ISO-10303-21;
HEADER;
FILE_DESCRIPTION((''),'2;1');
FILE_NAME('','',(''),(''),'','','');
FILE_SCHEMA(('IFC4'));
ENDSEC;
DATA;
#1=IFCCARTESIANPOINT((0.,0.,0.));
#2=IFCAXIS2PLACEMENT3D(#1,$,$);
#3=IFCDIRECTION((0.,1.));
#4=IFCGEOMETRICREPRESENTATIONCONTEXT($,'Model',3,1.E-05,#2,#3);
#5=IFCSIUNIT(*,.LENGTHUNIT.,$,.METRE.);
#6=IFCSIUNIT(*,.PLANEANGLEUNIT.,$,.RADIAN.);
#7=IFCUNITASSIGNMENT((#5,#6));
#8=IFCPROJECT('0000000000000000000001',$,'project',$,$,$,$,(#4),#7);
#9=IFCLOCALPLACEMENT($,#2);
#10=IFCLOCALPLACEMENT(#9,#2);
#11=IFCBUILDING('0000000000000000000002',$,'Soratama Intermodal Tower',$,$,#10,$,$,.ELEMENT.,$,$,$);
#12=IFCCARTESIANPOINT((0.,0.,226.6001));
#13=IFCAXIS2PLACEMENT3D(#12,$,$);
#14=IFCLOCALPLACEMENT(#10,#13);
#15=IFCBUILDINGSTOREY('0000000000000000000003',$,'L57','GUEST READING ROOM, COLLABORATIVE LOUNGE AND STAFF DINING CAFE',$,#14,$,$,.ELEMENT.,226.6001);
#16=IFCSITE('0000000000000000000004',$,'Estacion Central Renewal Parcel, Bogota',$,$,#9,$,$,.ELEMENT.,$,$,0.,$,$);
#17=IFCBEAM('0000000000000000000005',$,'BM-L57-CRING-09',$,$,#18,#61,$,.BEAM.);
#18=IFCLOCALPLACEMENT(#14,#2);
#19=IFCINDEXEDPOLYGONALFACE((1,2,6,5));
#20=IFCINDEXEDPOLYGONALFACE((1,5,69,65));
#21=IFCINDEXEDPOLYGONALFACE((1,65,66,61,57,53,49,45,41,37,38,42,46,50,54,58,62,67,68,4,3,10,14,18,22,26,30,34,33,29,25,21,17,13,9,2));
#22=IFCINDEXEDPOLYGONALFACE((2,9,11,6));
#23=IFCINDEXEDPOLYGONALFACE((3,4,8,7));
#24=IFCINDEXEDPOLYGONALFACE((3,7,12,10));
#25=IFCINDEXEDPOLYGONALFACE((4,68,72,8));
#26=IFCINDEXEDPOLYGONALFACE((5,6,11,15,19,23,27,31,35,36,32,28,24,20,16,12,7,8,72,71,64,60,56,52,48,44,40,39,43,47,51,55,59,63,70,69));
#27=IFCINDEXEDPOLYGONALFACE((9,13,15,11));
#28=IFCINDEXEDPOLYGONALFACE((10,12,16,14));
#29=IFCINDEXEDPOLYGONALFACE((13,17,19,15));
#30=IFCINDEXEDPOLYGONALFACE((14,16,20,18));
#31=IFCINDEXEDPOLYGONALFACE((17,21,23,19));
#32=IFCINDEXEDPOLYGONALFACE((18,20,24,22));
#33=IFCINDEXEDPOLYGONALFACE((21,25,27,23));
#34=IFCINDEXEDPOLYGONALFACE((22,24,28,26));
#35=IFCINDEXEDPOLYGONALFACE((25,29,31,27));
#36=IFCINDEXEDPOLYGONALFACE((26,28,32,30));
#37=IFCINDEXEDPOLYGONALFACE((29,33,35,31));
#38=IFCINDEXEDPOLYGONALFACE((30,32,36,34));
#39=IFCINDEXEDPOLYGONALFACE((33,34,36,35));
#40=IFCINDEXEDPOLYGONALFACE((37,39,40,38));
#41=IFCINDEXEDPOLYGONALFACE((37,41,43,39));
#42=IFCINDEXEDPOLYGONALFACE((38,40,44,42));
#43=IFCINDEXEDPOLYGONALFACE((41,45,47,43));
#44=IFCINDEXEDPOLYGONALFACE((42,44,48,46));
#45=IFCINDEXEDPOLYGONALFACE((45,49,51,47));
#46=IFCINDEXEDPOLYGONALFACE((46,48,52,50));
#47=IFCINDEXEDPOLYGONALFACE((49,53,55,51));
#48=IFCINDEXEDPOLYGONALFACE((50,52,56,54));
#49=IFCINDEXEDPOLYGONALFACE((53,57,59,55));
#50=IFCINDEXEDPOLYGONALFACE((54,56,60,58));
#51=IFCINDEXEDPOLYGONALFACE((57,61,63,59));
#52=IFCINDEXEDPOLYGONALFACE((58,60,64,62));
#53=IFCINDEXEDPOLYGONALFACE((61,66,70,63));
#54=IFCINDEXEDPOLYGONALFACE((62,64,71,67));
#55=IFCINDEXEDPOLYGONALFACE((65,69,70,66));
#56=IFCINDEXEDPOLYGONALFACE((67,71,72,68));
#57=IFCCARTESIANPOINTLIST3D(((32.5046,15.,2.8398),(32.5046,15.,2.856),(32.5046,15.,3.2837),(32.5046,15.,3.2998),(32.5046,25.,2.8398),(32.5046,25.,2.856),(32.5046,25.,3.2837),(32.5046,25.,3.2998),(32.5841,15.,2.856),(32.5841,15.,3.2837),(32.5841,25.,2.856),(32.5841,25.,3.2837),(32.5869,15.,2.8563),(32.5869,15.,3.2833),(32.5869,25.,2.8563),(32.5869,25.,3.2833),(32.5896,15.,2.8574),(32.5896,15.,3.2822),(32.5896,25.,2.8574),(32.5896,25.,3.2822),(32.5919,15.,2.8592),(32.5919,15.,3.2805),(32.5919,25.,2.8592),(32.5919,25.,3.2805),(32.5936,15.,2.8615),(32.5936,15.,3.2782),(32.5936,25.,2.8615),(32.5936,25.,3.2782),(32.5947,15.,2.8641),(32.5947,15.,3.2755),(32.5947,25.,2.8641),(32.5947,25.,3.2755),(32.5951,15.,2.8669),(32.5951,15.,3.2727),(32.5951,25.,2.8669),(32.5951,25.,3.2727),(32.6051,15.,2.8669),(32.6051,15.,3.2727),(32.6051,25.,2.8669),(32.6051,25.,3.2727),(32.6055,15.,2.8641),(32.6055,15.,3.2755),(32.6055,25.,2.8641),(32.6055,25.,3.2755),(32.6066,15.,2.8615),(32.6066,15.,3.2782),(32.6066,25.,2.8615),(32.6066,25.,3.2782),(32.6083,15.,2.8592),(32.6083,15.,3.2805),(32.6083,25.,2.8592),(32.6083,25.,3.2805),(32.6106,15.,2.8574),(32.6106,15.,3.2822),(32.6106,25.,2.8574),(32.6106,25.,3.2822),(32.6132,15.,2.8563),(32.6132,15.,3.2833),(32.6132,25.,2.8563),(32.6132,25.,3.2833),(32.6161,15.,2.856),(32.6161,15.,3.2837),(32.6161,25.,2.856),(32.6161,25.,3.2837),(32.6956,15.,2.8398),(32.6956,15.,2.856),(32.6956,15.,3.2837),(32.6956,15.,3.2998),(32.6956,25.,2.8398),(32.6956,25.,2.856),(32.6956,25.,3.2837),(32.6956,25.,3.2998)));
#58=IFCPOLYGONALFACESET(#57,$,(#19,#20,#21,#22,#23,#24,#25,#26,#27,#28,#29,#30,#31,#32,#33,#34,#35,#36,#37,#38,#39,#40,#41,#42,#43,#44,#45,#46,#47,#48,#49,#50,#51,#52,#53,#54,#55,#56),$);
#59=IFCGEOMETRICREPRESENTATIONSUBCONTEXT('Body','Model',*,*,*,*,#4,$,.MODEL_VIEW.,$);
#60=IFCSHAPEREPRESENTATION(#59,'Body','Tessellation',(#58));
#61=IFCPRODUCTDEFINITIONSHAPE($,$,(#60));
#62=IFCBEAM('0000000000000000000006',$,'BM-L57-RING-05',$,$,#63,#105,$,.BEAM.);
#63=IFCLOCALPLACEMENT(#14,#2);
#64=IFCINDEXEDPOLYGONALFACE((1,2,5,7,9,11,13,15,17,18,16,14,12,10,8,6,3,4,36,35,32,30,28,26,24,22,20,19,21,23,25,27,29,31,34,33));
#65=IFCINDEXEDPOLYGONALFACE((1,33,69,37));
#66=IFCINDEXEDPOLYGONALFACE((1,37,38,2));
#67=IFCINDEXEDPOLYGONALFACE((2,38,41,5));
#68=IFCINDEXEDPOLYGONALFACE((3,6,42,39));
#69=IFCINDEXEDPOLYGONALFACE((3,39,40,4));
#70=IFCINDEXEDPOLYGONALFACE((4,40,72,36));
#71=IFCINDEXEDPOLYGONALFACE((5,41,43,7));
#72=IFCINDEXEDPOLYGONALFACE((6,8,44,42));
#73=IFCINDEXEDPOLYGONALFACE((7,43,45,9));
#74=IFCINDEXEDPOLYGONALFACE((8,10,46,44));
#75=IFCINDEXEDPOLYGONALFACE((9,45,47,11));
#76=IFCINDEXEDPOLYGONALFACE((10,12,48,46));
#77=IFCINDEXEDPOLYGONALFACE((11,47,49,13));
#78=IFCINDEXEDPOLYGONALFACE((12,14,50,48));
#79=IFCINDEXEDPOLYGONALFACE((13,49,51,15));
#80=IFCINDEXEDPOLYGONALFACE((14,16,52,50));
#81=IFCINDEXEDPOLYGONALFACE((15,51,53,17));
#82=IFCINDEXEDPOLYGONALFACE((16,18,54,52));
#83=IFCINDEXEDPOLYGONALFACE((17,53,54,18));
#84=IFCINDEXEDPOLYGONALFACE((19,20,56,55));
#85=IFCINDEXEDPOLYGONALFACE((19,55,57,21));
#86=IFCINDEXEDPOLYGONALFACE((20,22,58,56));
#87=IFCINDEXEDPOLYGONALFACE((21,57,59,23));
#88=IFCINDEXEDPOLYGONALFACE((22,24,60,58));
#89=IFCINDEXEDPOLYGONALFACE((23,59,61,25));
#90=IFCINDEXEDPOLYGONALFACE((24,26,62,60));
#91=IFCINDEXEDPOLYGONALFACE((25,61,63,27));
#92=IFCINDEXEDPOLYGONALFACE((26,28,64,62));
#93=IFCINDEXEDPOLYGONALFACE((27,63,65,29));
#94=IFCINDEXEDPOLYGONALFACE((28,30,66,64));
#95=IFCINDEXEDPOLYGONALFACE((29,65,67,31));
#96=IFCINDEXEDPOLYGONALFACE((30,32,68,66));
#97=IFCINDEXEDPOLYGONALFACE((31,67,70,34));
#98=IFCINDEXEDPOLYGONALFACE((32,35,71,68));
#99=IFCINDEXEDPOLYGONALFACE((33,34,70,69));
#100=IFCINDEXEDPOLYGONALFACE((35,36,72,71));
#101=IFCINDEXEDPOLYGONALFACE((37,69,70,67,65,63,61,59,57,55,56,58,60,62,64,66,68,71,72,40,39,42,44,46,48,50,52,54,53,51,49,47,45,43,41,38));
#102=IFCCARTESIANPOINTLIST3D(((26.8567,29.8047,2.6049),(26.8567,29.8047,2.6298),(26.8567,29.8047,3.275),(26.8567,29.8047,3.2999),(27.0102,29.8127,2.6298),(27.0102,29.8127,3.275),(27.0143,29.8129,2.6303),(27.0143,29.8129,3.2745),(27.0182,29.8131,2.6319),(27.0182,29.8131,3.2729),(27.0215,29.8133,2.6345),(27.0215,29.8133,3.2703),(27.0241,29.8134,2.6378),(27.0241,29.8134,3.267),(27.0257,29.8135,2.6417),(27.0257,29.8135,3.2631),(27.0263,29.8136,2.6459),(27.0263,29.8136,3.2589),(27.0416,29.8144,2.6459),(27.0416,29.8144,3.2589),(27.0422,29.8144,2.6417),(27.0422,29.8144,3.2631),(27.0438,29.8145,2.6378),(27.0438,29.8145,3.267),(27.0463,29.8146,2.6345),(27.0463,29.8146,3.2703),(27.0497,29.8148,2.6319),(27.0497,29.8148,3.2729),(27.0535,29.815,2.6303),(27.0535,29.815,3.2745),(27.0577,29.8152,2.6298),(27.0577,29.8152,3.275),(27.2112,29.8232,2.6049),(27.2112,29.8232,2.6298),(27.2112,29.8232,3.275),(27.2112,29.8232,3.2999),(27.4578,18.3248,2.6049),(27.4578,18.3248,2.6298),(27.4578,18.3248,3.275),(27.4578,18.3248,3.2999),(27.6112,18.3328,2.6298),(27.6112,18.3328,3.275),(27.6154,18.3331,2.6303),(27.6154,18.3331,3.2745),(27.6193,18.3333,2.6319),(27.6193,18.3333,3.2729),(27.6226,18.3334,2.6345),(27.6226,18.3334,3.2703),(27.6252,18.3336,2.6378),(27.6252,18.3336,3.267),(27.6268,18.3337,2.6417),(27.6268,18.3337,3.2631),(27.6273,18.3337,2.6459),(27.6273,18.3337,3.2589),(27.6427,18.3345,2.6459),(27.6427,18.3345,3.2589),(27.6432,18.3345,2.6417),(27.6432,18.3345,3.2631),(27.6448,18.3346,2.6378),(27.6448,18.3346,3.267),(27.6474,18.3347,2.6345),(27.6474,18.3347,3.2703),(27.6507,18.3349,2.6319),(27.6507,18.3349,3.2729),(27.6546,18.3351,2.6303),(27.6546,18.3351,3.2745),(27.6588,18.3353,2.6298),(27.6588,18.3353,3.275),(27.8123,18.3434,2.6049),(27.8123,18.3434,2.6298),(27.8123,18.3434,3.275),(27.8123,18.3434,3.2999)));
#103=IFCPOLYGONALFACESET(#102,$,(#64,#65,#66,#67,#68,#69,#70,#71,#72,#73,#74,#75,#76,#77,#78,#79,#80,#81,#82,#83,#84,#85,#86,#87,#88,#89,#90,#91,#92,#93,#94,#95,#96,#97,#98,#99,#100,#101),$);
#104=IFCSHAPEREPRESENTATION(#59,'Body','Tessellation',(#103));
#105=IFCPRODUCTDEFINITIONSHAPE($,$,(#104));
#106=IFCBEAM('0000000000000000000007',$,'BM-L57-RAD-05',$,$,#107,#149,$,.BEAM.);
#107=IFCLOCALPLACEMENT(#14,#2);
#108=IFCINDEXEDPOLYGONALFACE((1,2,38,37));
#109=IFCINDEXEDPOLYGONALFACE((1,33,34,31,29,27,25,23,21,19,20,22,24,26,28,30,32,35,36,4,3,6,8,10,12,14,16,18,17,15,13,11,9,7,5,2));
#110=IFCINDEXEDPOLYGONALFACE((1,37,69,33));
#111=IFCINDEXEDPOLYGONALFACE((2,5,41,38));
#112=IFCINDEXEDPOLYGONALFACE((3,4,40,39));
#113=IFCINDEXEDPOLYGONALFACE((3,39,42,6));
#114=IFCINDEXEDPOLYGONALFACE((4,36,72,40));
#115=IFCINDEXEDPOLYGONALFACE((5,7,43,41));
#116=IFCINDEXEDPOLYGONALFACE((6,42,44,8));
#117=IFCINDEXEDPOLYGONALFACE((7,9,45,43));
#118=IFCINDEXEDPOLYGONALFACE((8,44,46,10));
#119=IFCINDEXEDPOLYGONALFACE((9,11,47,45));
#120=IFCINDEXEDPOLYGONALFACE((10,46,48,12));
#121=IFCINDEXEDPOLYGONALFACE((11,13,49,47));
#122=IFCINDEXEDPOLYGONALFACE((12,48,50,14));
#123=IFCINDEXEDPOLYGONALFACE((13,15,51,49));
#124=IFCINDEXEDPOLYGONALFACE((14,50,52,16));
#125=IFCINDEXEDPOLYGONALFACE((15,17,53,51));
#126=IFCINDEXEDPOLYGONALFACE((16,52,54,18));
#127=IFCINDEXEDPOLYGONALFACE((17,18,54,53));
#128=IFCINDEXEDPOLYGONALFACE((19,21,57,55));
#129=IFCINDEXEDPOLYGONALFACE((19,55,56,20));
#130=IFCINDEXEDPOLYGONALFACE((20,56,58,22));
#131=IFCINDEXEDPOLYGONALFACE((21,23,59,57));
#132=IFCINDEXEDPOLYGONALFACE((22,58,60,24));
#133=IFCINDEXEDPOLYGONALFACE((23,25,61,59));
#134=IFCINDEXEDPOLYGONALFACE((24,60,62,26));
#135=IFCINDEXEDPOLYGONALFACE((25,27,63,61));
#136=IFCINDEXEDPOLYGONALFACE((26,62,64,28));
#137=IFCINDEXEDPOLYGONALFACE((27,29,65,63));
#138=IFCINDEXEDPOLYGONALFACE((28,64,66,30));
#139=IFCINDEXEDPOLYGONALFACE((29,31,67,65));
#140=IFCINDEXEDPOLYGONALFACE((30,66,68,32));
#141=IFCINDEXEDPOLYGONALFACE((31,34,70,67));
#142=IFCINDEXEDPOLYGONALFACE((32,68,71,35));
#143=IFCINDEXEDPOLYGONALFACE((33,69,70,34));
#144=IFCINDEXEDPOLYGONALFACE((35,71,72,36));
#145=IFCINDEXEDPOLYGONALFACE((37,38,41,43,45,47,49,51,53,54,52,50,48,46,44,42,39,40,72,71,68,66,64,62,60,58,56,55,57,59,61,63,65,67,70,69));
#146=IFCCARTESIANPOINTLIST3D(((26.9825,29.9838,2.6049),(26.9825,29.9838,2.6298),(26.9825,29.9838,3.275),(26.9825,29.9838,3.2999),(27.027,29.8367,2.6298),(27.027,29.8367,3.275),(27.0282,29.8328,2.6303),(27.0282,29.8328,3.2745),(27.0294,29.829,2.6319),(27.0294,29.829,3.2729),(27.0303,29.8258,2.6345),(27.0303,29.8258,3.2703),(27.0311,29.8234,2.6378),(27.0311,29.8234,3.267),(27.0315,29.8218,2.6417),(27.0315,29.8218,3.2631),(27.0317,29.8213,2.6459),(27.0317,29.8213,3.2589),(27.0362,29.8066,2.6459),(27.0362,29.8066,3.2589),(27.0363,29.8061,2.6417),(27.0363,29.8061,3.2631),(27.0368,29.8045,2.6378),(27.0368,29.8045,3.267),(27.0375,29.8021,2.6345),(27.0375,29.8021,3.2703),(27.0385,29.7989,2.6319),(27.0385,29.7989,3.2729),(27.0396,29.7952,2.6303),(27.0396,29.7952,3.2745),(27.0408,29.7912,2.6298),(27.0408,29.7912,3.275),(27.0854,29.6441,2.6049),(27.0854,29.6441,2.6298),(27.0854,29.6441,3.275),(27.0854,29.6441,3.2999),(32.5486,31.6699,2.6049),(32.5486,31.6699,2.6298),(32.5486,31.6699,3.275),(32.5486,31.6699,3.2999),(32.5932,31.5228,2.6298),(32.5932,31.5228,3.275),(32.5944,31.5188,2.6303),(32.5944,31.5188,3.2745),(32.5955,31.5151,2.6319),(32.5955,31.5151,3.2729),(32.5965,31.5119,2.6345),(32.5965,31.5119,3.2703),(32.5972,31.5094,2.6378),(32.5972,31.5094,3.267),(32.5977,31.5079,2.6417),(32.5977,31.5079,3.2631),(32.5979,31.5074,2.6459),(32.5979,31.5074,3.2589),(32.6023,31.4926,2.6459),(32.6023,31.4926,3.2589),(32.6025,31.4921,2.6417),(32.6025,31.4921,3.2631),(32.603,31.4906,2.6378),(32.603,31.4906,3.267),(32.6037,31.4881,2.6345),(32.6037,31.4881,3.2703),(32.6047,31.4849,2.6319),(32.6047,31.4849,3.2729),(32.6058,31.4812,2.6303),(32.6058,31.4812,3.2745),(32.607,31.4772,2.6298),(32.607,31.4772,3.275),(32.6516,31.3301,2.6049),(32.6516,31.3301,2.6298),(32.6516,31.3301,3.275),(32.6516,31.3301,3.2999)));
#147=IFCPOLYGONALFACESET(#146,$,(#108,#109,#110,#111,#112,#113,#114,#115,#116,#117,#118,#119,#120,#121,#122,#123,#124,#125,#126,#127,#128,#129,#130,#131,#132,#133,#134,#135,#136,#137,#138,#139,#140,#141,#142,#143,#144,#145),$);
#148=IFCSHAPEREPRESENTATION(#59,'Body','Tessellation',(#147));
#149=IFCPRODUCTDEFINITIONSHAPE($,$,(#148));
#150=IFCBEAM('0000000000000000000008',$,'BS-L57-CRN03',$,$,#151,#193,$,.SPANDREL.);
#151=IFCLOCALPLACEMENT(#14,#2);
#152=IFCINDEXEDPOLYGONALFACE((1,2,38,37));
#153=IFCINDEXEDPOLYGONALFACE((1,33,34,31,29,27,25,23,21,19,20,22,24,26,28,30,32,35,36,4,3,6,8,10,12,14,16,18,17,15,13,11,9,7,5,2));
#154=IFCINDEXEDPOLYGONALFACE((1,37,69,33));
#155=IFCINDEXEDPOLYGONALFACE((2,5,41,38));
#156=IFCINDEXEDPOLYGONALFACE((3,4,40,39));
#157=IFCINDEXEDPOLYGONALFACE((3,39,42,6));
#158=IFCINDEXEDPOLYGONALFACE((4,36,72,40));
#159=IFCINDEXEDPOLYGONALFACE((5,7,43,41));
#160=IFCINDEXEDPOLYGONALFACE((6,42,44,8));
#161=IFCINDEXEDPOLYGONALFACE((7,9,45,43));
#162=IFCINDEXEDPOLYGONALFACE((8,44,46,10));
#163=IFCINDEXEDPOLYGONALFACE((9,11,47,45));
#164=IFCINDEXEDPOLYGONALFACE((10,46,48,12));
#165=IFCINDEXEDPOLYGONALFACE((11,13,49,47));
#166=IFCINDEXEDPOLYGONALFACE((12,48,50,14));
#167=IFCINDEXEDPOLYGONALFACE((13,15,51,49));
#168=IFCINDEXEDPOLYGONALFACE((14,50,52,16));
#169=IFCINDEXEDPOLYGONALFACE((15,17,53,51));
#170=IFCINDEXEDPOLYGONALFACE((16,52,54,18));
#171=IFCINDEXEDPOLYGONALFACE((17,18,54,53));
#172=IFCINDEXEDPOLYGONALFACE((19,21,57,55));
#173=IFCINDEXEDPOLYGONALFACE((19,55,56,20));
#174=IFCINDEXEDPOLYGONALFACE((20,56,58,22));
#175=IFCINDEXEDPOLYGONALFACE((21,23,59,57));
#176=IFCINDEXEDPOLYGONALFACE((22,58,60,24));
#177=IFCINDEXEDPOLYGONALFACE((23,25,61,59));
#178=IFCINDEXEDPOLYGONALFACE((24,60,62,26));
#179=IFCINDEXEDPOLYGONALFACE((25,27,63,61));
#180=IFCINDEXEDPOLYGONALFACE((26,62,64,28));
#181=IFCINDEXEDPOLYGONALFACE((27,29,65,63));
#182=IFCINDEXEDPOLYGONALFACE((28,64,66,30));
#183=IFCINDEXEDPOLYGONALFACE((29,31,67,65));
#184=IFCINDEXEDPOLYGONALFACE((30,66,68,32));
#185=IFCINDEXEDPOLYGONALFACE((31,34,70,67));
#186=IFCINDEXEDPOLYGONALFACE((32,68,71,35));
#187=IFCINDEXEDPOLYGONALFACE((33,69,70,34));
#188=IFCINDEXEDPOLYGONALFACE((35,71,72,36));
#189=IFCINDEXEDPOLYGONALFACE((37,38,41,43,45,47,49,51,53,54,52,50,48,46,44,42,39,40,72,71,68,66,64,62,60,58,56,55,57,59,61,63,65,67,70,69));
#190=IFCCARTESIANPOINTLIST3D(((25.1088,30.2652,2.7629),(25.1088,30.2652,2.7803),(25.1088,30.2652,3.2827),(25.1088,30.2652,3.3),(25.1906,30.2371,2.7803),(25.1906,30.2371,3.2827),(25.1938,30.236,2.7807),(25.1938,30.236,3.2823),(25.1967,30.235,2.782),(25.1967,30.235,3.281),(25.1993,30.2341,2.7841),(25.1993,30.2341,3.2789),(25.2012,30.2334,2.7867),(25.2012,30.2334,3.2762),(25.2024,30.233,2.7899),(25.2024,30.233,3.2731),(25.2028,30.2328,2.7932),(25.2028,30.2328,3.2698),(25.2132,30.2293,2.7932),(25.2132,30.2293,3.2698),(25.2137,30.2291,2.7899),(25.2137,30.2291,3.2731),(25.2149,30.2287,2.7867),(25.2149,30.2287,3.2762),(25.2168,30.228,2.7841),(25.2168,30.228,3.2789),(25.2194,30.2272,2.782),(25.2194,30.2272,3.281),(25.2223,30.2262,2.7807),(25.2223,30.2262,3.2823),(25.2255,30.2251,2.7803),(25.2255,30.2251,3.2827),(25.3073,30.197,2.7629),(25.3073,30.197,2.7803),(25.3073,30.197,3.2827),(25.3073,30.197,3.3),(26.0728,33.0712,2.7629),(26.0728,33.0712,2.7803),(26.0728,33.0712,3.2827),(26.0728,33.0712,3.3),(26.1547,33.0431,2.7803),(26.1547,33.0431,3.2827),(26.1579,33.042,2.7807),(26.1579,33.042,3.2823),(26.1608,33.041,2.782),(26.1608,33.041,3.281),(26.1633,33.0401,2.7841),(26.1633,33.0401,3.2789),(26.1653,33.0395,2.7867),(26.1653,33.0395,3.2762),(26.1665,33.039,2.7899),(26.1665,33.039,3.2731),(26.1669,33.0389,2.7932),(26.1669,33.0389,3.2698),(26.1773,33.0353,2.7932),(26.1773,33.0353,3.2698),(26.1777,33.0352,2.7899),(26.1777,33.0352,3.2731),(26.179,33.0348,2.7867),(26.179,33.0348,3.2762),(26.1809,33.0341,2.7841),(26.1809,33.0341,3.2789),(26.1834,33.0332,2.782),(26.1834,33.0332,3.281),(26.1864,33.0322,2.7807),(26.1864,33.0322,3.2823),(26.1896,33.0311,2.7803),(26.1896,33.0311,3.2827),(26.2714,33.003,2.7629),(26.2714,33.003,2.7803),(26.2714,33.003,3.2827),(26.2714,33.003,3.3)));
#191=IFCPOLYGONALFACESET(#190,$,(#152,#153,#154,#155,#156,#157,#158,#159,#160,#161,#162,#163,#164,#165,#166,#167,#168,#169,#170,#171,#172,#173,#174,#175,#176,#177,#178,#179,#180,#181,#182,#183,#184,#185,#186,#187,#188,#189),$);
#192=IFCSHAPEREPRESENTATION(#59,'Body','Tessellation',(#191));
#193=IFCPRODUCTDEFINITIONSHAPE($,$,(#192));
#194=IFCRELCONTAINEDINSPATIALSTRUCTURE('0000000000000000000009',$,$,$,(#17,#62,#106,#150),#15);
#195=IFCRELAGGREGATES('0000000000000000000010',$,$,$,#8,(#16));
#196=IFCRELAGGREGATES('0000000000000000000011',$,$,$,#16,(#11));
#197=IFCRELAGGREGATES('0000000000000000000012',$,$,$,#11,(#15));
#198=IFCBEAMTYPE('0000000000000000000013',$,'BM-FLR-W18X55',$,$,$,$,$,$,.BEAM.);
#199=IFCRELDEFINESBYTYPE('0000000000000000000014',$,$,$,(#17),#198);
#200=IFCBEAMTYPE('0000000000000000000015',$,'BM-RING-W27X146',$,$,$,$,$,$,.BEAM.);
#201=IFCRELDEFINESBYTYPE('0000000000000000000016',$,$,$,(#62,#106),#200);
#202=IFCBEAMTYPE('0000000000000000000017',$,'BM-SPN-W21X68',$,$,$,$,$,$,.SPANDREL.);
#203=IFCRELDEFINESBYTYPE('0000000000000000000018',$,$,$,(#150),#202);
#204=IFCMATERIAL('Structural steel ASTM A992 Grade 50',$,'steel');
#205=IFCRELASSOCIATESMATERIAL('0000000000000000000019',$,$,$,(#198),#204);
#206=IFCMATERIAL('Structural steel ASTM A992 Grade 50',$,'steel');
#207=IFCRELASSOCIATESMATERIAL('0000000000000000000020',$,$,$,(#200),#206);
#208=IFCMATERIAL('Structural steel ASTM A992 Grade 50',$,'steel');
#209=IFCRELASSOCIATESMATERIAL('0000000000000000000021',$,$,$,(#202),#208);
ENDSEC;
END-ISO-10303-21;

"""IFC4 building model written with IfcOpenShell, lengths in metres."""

from ifc_helpers import new_model, si_unit, direction, frame, origin, origin_2d, place, context, subcontext, project, spatial, i_section, extrude, material, material_profile, profile_set, type_object, element, save


model = new_model("IFC4")

# Units and contexts
model_context = context("Model", 3, precision=1e-05, world=origin(), true_north=direction((0.0, 1.0)))
body_context = subcontext(model_context, "Body", "Model", "MODEL_VIEW")
ifc_project = project(units=[si_unit("LENGTHUNIT", "METRE"), si_unit("PLANEANGLEUNIT", "RADIAN")], contexts=[model_context])

# Site, building, storey
site_placement = place(None, origin())
site = spatial("IfcSite", under=ifc_project, at=site_placement, Name="Estacion Central Renewal Parcel, Bogota", CompositionType="ELEMENT", RefElevation=0.0)
building_placement = place(site_placement, origin())
building = spatial("IfcBuilding", under=site, at=building_placement, Name="Soratama Intermodal Tower", CompositionType="ELEMENT")
storey_placement = place(building_placement, frame((0.0, 0.0, 226.6001)))
storey = spatial("IfcBuildingStorey", under=building, at=storey_placement, Name="L57", Description="GUEST READING ROOM, COLLABORATIVE LOUNGE AND STAFF DINING CAFE", CompositionType="ELEMENT", Elevation=226.6001)

# Beams
ifc_material_1 = material(Name="Structural steel ASTM A992 Grade 50", Category="steel")
ifc_material_profile_1 = material_profile(ifc_material_1, i_section(OverallWidth=0.1909, OverallDepth=0.46, WebThickness=0.01, FlangeThickness=0.0161, FilletRadius=0.011, at=origin_2d()), Name="W18X55")
ifc_profile_set_1 = profile_set([ifc_material_profile_1], Name="Structural steel ASTM A992 Grade 50")
beam_type_1 = type_object("IfcBeamType", Name="BM-FLR-W18X55", PredefinedType="BEAM", material=ifc_profile_set_1)
beam_1_placement = place(storey_placement, frame((32.6001, 25.0, 3.0698), z_axis=(0.0, -1.0, 0.0), x_axis=(1.0, 0.0, 0.0)))
element("IfcBeam", 1, at=beam_1_placement, inside=storey, type_object=beam_type_1, Name="BM-L57-CRING-09", PredefinedType="BEAM", context=body_context, shape_type="SweptSolid", body=[
    extrude(i_section(OverallWidth=0.1909, OverallDepth=0.46, WebThickness=0.01, FlangeThickness=0.0161, FilletRadius=0.011, at=origin_2d()), origin(), (0.0, 0.0, 1.0), 10.0),
])
ifc_material_2 = material(Name="Structural steel ASTM A992 Grade 50", Category="steel")
ifc_material_profile_2 = material_profile(ifc_material_2, i_section(OverallWidth=0.355, OverallDepth=0.6951, WebThickness=0.0154, FlangeThickness=0.0249, FilletRadius=0.0161, at=origin_2d()), Name="W27X146")
ifc_profile_set_2 = profile_set([ifc_material_profile_2], Name="Structural steel ASTM A992 Grade 50")
beam_type_2 = type_object("IfcBeamType", Name="BM-RING-W27X146", PredefinedType="BEAM", material=ifc_profile_set_2)
beam_2_placement = place(storey_placement, frame((27.0339, 29.814, 2.9524), z_axis=(0.052287, -0.998632, 0.0), x_axis=(0.998632, 0.052287, 0.0)))
element("IfcBeam", 2, at=beam_2_placement, inside=storey, type_object=beam_type_2, Name="BM-L57-RING-05", PredefinedType="BEAM", context=body_context, shape_type="SweptSolid", body=[
    extrude(i_section(OverallWidth=0.355, OverallDepth=0.6951, WebThickness=0.0154, FlangeThickness=0.0249, FilletRadius=0.0161, at=origin_2d()), origin(), (0.0, 0.0, 1.0), 11.4956),
])
beam_3_placement = place(storey_placement, frame((32.6001, 31.5, 2.9524), z_axis=(-0.957057, -0.2899, 0.0), x_axis=(0.2899, -0.957057, 0.0)))
element("IfcBeam", 3, at=beam_3_placement, inside=storey, type_object=beam_type_2, Name="BM-L57-RAD-05", PredefinedType="BEAM", context=body_context, shape_type="SweptSolid", body=[
    extrude(i_section(OverallWidth=0.355, OverallDepth=0.6951, WebThickness=0.0154, FlangeThickness=0.0249, FilletRadius=0.0161, at=origin_2d()), origin(), (0.0, 0.0, 1.0), 5.8159),
])
ifc_material_3 = material(Name="Structural steel ASTM A992 Grade 50", Category="steel")
ifc_material_profile_3 = material_profile(ifc_material_3, i_section(OverallWidth=0.21, OverallDepth=0.5371, WebThickness=0.011, FlangeThickness=0.0173, FilletRadius=0.0129, at=origin_2d()), Name="W21X68")
ifc_profile_set_3 = profile_set([ifc_material_profile_3], Name="Structural steel ASTM A992 Grade 50")
beam_type_3 = type_object("IfcBeamType", Name="BM-SPN-W21X68", PredefinedType="SPANDREL", material=ifc_profile_set_3)
beam_4_placement = place(storey_placement, frame((26.1721, 33.0371, 3.0315), z_axis=(-0.324928, -0.945739, 0.0), x_axis=(0.945739, -0.324928, 0.0)))
element("IfcBeam", 4, at=beam_4_placement, inside=storey, type_object=beam_type_3, Name="BS-L57-CRN03", PredefinedType="SPANDREL", context=body_context, shape_type="SweptSolid", body=[
    extrude(i_section(OverallWidth=0.21, OverallDepth=0.5371, WebThickness=0.011, FlangeThickness=0.0173, FilletRadius=0.0129, at=origin_2d()), origin(), (0.0, 0.0, 1.0), 2.967),
])

save(model, "model.ifc")
